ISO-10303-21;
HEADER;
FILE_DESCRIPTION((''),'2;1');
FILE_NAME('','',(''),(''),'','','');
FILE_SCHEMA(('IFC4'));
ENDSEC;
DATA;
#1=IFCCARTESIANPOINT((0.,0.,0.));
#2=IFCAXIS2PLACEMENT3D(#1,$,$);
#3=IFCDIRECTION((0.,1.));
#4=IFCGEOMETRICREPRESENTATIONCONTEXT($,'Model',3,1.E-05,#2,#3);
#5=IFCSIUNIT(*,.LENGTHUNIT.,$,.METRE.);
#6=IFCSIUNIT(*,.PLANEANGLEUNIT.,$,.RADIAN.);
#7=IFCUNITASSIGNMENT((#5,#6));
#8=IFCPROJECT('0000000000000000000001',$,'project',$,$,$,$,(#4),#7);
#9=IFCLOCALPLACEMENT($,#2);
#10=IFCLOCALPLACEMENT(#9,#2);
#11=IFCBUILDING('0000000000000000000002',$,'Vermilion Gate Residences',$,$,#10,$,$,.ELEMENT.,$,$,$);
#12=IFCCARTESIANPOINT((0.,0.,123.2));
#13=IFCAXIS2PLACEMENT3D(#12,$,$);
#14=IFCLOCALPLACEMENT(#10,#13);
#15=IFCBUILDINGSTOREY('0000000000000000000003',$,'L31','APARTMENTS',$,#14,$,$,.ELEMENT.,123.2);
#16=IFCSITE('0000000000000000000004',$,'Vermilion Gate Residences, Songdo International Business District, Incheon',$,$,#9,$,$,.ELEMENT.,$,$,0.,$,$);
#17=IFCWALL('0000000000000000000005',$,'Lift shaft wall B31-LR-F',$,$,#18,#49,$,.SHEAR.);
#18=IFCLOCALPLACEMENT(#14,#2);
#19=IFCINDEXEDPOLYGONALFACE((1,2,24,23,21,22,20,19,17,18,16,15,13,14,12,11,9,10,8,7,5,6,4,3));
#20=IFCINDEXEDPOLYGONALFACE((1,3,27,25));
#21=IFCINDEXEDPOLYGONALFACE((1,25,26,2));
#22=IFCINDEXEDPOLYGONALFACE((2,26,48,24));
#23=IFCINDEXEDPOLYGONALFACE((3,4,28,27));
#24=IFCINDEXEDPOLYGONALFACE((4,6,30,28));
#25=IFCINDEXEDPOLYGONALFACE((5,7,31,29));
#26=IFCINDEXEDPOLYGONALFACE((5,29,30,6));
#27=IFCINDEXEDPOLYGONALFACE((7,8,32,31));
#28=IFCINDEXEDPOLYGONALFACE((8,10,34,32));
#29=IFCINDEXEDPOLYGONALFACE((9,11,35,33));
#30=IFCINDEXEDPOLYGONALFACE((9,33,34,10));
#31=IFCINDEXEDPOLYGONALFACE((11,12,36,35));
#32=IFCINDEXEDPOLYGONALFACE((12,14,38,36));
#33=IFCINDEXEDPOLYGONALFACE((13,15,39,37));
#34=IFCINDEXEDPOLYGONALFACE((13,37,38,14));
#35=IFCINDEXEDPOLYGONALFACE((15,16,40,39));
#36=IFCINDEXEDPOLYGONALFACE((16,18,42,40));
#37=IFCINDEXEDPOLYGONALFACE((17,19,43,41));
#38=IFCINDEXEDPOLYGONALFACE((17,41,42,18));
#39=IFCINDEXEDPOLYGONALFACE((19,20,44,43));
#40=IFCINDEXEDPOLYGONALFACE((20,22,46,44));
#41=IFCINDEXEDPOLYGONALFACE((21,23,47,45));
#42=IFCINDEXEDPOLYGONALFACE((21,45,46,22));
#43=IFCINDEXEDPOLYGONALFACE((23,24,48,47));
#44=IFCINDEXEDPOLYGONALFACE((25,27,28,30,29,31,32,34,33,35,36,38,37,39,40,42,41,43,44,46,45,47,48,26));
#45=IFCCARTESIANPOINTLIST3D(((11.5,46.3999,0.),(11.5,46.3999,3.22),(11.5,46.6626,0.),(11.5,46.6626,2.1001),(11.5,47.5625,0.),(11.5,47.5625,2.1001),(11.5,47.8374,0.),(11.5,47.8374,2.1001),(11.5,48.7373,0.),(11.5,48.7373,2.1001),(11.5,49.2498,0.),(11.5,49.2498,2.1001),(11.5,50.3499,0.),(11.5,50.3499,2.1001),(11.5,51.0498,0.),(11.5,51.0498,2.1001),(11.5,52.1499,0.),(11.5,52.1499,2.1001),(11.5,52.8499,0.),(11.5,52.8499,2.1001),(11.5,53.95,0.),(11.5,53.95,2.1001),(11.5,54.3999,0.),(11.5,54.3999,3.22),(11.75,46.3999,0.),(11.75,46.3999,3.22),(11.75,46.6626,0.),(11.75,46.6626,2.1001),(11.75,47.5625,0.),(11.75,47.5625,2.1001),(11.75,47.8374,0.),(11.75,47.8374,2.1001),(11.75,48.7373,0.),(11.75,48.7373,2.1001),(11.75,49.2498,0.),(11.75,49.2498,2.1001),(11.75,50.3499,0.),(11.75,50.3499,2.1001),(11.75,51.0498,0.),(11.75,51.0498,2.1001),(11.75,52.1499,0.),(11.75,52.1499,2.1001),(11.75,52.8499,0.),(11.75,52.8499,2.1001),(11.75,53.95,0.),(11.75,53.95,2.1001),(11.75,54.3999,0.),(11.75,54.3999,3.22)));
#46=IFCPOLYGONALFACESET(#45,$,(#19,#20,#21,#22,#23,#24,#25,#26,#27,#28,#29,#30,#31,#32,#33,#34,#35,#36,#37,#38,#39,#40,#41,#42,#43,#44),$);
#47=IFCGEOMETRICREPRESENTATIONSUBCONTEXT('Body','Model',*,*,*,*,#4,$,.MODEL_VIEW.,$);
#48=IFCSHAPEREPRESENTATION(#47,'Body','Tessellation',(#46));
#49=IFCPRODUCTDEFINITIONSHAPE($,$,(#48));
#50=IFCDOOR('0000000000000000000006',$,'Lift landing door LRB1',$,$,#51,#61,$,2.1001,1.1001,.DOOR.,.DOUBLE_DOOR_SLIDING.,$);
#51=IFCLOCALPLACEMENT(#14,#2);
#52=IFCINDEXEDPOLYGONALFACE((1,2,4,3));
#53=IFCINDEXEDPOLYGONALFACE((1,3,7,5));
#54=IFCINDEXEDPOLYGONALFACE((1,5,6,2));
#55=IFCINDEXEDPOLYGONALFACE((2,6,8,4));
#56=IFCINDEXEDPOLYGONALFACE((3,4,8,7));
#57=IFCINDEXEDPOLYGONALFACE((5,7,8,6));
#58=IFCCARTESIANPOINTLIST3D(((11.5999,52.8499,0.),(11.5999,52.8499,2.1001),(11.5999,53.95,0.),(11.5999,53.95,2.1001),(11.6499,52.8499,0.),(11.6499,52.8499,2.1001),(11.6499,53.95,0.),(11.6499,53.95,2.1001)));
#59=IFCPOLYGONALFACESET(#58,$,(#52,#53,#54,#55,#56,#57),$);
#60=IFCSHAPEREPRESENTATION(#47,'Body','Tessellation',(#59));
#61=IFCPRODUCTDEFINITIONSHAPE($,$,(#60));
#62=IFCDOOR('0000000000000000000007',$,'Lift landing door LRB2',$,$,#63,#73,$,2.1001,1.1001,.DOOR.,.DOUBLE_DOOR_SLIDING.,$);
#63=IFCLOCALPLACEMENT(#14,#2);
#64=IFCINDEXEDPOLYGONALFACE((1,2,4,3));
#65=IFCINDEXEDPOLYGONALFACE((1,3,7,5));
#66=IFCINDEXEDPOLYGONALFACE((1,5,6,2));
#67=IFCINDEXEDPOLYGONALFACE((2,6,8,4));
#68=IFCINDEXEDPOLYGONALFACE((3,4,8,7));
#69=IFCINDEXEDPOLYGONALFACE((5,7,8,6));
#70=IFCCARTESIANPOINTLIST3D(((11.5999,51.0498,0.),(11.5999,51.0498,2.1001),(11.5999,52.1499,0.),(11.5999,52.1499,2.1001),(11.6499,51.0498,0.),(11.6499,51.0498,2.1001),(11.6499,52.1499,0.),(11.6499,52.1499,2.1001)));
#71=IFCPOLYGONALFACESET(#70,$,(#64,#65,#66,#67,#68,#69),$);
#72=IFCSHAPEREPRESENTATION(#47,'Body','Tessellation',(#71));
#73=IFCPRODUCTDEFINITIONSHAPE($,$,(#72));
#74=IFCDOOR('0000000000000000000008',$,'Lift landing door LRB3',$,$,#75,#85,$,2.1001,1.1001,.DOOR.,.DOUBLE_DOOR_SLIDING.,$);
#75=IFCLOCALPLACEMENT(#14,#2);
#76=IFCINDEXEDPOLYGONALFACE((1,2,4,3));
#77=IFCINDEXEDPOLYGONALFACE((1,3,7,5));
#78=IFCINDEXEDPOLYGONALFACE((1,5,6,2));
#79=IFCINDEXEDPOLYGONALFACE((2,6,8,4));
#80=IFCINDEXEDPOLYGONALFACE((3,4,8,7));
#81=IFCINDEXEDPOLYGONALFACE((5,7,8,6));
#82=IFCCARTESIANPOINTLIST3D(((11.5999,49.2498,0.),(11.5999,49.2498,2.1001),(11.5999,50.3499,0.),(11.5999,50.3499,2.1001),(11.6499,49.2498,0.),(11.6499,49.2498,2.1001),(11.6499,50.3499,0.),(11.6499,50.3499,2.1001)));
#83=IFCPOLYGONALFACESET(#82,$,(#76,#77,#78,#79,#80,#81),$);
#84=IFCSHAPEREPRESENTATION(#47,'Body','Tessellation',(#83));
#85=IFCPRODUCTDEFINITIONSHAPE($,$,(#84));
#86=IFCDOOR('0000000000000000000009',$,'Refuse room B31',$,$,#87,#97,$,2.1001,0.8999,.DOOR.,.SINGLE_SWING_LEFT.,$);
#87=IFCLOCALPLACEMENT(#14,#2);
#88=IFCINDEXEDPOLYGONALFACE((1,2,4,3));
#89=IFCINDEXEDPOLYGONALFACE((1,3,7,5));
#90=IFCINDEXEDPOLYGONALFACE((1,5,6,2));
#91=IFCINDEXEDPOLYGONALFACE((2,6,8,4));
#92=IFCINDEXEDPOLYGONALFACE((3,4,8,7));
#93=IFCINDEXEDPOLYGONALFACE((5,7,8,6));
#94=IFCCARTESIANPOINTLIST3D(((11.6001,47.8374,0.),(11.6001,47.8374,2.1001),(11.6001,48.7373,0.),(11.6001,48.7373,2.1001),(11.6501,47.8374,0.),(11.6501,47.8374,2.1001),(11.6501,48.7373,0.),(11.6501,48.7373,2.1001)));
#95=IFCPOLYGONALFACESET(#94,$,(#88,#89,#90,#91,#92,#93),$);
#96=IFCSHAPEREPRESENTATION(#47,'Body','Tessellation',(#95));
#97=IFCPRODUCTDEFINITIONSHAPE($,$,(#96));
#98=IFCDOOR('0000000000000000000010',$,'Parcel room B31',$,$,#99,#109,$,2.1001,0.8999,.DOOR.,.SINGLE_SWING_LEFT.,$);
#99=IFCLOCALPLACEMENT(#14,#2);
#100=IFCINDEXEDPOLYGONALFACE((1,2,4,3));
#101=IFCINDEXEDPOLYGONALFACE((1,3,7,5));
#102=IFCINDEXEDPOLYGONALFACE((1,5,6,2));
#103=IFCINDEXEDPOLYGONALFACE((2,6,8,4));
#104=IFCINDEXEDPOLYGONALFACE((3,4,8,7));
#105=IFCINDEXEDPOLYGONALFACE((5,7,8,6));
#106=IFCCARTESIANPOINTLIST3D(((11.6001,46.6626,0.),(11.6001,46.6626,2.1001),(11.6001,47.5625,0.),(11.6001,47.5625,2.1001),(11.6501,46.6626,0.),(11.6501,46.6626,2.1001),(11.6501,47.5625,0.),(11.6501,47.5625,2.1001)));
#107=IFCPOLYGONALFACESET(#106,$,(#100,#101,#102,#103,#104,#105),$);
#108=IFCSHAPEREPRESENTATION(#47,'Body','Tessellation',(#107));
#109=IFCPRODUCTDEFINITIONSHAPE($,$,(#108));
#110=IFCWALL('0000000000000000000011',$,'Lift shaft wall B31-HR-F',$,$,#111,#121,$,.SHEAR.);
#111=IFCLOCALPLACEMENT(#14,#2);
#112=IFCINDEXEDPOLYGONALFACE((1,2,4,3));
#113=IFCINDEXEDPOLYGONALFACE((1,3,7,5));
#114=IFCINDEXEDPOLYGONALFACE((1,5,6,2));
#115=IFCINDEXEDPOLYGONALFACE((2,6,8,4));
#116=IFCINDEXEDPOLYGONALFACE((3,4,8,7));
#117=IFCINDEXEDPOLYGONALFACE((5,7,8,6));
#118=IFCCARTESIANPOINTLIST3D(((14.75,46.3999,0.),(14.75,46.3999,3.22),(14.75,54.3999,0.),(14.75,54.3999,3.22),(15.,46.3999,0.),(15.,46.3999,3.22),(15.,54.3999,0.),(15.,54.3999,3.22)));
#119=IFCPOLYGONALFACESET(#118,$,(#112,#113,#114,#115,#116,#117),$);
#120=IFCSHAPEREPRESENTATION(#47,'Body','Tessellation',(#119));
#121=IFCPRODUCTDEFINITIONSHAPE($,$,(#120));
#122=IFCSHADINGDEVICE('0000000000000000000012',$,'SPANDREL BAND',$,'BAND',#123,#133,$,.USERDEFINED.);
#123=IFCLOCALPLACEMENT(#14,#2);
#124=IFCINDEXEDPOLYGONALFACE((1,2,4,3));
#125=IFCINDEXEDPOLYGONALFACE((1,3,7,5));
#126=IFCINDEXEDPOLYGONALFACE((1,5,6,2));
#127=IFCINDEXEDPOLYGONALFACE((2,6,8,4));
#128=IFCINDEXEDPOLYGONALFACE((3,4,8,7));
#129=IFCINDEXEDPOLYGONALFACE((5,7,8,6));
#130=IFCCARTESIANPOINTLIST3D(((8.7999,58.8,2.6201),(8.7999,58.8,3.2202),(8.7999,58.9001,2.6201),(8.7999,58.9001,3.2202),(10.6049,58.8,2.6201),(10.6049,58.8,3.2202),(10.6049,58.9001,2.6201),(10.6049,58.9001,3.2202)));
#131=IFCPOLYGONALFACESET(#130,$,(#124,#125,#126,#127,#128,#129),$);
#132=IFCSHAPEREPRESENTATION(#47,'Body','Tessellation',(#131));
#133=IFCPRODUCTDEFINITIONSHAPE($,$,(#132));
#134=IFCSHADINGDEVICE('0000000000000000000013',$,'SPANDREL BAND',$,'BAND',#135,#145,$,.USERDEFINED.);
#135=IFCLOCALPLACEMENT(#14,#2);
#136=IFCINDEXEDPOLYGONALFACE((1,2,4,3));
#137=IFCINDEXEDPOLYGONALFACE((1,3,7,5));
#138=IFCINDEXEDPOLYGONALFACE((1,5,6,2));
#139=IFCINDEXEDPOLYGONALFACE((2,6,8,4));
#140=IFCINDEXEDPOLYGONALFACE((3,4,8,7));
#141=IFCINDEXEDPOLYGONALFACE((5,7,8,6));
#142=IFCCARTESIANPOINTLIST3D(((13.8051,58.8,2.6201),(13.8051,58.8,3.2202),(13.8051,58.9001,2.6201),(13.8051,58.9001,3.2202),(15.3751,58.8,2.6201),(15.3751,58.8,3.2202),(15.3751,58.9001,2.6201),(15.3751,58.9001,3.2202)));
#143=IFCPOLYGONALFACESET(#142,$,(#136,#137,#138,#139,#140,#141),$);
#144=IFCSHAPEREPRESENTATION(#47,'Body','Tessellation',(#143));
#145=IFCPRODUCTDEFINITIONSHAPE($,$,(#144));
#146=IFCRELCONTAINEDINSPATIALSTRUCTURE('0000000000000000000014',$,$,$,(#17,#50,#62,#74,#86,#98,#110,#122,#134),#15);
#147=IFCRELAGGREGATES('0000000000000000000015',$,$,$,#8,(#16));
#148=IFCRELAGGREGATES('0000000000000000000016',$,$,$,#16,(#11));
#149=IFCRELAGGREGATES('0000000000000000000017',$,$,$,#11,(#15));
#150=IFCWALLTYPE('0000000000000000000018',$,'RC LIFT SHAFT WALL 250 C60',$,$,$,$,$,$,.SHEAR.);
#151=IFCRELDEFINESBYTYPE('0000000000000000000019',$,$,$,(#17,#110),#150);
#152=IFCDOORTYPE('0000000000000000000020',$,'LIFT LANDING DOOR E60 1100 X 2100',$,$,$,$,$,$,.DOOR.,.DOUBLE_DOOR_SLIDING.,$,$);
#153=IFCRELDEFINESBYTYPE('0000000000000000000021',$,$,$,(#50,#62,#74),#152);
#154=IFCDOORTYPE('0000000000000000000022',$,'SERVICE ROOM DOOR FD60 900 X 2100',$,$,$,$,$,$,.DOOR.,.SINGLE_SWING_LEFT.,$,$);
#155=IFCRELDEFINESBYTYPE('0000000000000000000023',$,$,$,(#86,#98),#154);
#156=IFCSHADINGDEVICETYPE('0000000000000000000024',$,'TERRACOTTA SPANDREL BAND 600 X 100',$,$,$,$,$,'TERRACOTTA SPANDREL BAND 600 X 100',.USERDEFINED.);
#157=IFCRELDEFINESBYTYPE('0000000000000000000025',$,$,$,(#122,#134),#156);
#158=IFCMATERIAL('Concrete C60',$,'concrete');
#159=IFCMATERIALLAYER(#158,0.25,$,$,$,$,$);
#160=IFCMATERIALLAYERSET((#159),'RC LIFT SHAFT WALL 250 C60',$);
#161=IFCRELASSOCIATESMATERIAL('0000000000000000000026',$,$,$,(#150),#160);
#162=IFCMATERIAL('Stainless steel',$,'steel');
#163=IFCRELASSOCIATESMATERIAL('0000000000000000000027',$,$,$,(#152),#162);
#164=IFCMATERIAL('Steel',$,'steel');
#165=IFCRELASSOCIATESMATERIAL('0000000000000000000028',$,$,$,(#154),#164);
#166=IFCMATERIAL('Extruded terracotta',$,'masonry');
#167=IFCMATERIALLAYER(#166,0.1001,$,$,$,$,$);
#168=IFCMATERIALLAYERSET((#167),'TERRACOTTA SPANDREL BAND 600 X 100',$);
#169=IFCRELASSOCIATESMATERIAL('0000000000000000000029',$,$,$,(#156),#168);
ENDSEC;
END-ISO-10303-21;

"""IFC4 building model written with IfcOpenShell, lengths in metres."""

from ifc_helpers import new_model, si_unit, direction, frame, frame_2d, origin, origin_2d, place, context, subcontext, project, spatial, rectangle, extrude, material, layer, layer_set, type_object, element, fill, save


model = new_model("IFC4")

# Units and contexts
model_context = context("Model", 3, precision=1e-05, world=origin(), true_north=direction((0.0, 1.0)))
body_context = subcontext(model_context, "Body", "Model", "MODEL_VIEW")
ifc_project = project(units=[si_unit("LENGTHUNIT", "METRE"), si_unit("PLANEANGLEUNIT", "RADIAN")], contexts=[model_context])

# Site, building, storey
site_placement = place(None, origin())
site = spatial("IfcSite", under=ifc_project, at=site_placement, Name="Vermilion Gate Residences, Songdo International Business District, Incheon", CompositionType="ELEMENT", RefElevation=0.0)
building_placement = place(site_placement, origin())
building = spatial("IfcBuilding", under=site, at=building_placement, Name="Vermilion Gate Residences", CompositionType="ELEMENT")
storey_placement = place(building_placement, frame((0.0, 0.0, 123.2)))
storey = spatial("IfcBuildingStorey", under=building, at=storey_placement, Name="L31", Description="APARTMENTS", CompositionType="ELEMENT", Elevation=123.2)

# Wall, openings, doors
ifc_material_1 = material(Name="Concrete C60", Category="concrete")
ifc_layer_1 = layer(ifc_material_1, 0.25)
ifc_layer_set_1 = layer_set([ifc_layer_1], Name="RC LIFT SHAFT WALL 250 C60")
wall_type_1 = type_object("IfcWallType", Name="RC LIFT SHAFT WALL 250 C60", PredefinedType="SHEAR", material=ifc_layer_set_1)
wall_1_placement = place(storey_placement, frame((11.625, 54.3999, 0.0), z_axis=(0.0, 0.0, 1.0), x_axis=(0.0, -1.0, 0.0)))
wall_1 = element("IfcWall", 1, at=wall_1_placement, inside=storey, type_object=wall_type_1, Name="Lift shaft wall B31-LR-F", PredefinedType="SHEAR", context=body_context, shape_type="SweptSolid", body=[
    extrude(rectangle(XDim=8.0, YDim=0.25, at=frame_2d((4.0, 0.0))), origin(), (0.0, 0.0, 1.0), 3.22),
])
opening_1_placement = place(wall_1_placement, frame((0.45, 0.0, 0.0)))
opening_1 = element("IfcOpeningElement", 2, at=opening_1_placement, cuts=wall_1, PredefinedType="OPENING", context=body_context, shape_type="SweptSolid", body=[
    extrude(rectangle(XDim=1.1001, YDim=2.1001, at=frame_2d((0.55, 1.05))), frame((0.0, 0.135, 0.0), z_axis=(0.0, -1.0, 0.0), x_axis=(1.0, 0.0, 0.0)), (0.0, 0.0, 1.0), 0.27),
])
opening_2_placement = place(wall_1_placement, frame((2.25, 0.0, 0.0)))
opening_2 = element("IfcOpeningElement", 3, at=opening_2_placement, cuts=wall_1, PredefinedType="OPENING", context=body_context, shape_type="SweptSolid", body=[
    extrude(rectangle(XDim=1.1001, YDim=2.1001, at=frame_2d((0.55, 1.05))), frame((0.0, 0.135, 0.0), z_axis=(0.0, -1.0, 0.0), x_axis=(1.0, 0.0, 0.0)), (0.0, 0.0, 1.0), 0.27),
])
opening_3_placement = place(wall_1_placement, frame((4.05, 0.0, 0.0)))
opening_3 = element("IfcOpeningElement", 4, at=opening_3_placement, cuts=wall_1, PredefinedType="OPENING", context=body_context, shape_type="SweptSolid", body=[
    extrude(rectangle(XDim=1.1001, YDim=2.1001, at=frame_2d((0.55, 1.05))), frame((0.0, 0.135, 0.0), z_axis=(0.0, -1.0, 0.0), x_axis=(1.0, 0.0, 0.0)), (0.0, 0.0, 1.0), 0.27),
])
opening_4_placement = place(wall_1_placement, frame((5.6626, 0.0, 0.0)))
opening_4 = element("IfcOpeningElement", 5, at=opening_4_placement, cuts=wall_1, PredefinedType="OPENING", context=body_context, shape_type="SweptSolid", body=[
    extrude(rectangle(XDim=0.8999, YDim=2.1001, at=frame_2d((0.45, 1.05))), frame((0.0, 0.135, 0.0), z_axis=(0.0, -1.0, 0.0), x_axis=(1.0, 0.0, 0.0)), (0.0, 0.0, 1.0), 0.27),
])
opening_5_placement = place(wall_1_placement, frame((6.8374, 0.0, 0.0)))
opening_5 = element("IfcOpeningElement", 6, at=opening_5_placement, cuts=wall_1, PredefinedType="OPENING", context=body_context, shape_type="SweptSolid", body=[
    extrude(rectangle(XDim=0.8999, YDim=2.1001, at=frame_2d((0.45, 1.05))), frame((0.0, 0.135, 0.0), z_axis=(0.0, -1.0, 0.0), x_axis=(1.0, 0.0, 0.0)), (0.0, 0.0, 1.0), 0.27),
])
ifc_material_2 = material(Name="Stainless steel", Category="steel")
door_type_1 = type_object("IfcDoorType", Name="LIFT LANDING DOOR E60 1100 X 2100", OperationType="DOUBLE_DOOR_SLIDING", PredefinedType="DOOR", material=ifc_material_2)
door_1_placement = place(opening_1_placement, origin())
door_1 = element("IfcDoor", 7, at=door_1_placement, inside=storey, type_object=door_type_1, Name="Lift landing door LRB1", OperationType="DOUBLE_DOOR_SLIDING", OverallHeight=2.1001, OverallWidth=1.1001, PredefinedType="DOOR", context=body_context, shape_type="SweptSolid", body=[
    extrude(rectangle(XDim=1.1001, YDim=2.1001, at=frame_2d((0.55, 1.05))), frame((0.0, 0.0249, 0.0), z_axis=(0.0, -1.0, 0.0), x_axis=(1.0, 0.0, 0.0)), (0.0, 0.0, 1.0), 0.05),
])
fill(opening_1, door_1)
door_2_placement = place(opening_2_placement, origin())
door_2 = element("IfcDoor", 8, at=door_2_placement, inside=storey, type_object=door_type_1, Name="Lift landing door LRB2", OperationType="DOUBLE_DOOR_SLIDING", OverallHeight=2.1001, OverallWidth=1.1001, PredefinedType="DOOR", context=body_context, shape_type="SweptSolid", body=[
    extrude(rectangle(XDim=1.1001, YDim=2.1001, at=frame_2d((0.55, 1.05))), frame((0.0, 0.0249, 0.0), z_axis=(0.0, -1.0, 0.0), x_axis=(1.0, 0.0, 0.0)), (0.0, 0.0, 1.0), 0.05),
])
fill(opening_2, door_2)
door_3_placement = place(opening_3_placement, origin())
door_3 = element("IfcDoor", 9, at=door_3_placement, inside=storey, type_object=door_type_1, Name="Lift landing door LRB3", OperationType="DOUBLE_DOOR_SLIDING", OverallHeight=2.1001, OverallWidth=1.1001, PredefinedType="DOOR", context=body_context, shape_type="SweptSolid", body=[
    extrude(rectangle(XDim=1.1001, YDim=2.1001, at=frame_2d((0.55, 1.05))), frame((0.0, 0.0249, 0.0), z_axis=(0.0, -1.0, 0.0), x_axis=(1.0, 0.0, 0.0)), (0.0, 0.0, 1.0), 0.05),
])
fill(opening_3, door_3)
ifc_material_3 = material(Name="Steel", Category="steel")
door_type_2 = type_object("IfcDoorType", Name="SERVICE ROOM DOOR FD60 900 X 2100", OperationType="SINGLE_SWING_LEFT", PredefinedType="DOOR", material=ifc_material_3)
door_4_placement = place(opening_4_placement, frame((0.8999, 0.0, 0.0), z_axis=(0.0, 0.0, 1.0), x_axis=(-1.0, 0.0, 0.0)))
door_4 = element("IfcDoor", 10, at=door_4_placement, inside=storey, type_object=door_type_2, Name="Refuse room B31", OperationType="SINGLE_SWING_LEFT", OverallHeight=2.1001, OverallWidth=0.8999, PredefinedType="DOOR", context=body_context, shape_type="SweptSolid", body=[
    extrude(rectangle(XDim=0.8999, YDim=2.1001, at=frame_2d((0.45, 1.05))), frame((0.0, 0.0249, 0.0), z_axis=(0.0, -1.0, 0.0), x_axis=(1.0, 0.0, 0.0)), (0.0, 0.0, 1.0), 0.05),
])
fill(opening_4, door_4)
door_5_placement = place(opening_5_placement, frame((0.8999, 0.0, 0.0), z_axis=(0.0, 0.0, 1.0), x_axis=(-1.0, 0.0, 0.0)))
door_5 = element("IfcDoor", 11, at=door_5_placement, inside=storey, type_object=door_type_2, Name="Parcel room B31", OperationType="SINGLE_SWING_LEFT", OverallHeight=2.1001, OverallWidth=0.8999, PredefinedType="DOOR", context=body_context, shape_type="SweptSolid", body=[
    extrude(rectangle(XDim=0.8999, YDim=2.1001, at=frame_2d((0.45, 1.05))), frame((0.0, 0.0249, 0.0), z_axis=(0.0, -1.0, 0.0), x_axis=(1.0, 0.0, 0.0)), (0.0, 0.0, 1.0), 0.05),
])
fill(opening_5, door_5)

# Wall
wall_2_placement = place(storey_placement, frame((14.875, 54.3999, 0.0), z_axis=(0.0, 0.0, 1.0), x_axis=(0.0, -1.0, 0.0)))
element("IfcWall", 12, at=wall_2_placement, inside=storey, type_object=wall_type_1, Name="Lift shaft wall B31-HR-F", PredefinedType="SHEAR", context=body_context, shape_type="SweptSolid", body=[
    extrude(rectangle(XDim=8.0, YDim=0.25, at=frame_2d((4.0, 0.0))), origin(), (0.0, 0.0, 1.0), 3.22),
])

# Shading devices
ifc_material_4 = material(Name="Extruded terracotta", Category="masonry")
ifc_layer_2 = layer(ifc_material_4, 0.1001)
ifc_layer_set_2 = layer_set([ifc_layer_2], Name="TERRACOTTA SPANDREL BAND 600 X 100")
shading_device_type = type_object("IfcShadingDeviceType", Name="TERRACOTTA SPANDREL BAND 600 X 100", ElementType="TERRACOTTA SPANDREL BAND 600 X 100", PredefinedType="USERDEFINED", material=ifc_layer_set_2)
shading_device_1_placement = place(storey_placement, frame((9.7024, 58.8501, 2.6201), z_axis=(0.0, 0.0, 1.0), x_axis=(1.0, 0.0, 0.0)))
element("IfcShadingDevice", 13, at=shading_device_1_placement, inside=storey, type_object=shading_device_type, Name="SPANDREL BAND", ObjectType="BAND", PredefinedType="USERDEFINED", context=body_context, shape_type="SweptSolid", body=[
    extrude(rectangle(XDim=1.8049, YDim=0.1001, at=origin_2d()), origin(), (0.0, 0.0, 1.0), 0.6001),
])
shading_device_2_placement = place(storey_placement, frame((14.5901, 58.8501, 2.6201), z_axis=(0.0, 0.0, 1.0), x_axis=(1.0, 0.0, 0.0)))
element("IfcShadingDevice", 14, at=shading_device_2_placement, inside=storey, type_object=shading_device_type, Name="SPANDREL BAND", ObjectType="BAND", PredefinedType="USERDEFINED", context=body_context, shape_type="SweptSolid", body=[
    extrude(rectangle(XDim=1.5701, YDim=0.1001, at=origin_2d()), origin(), (0.0, 0.0, 1.0), 0.6001),
])

save(model, "model.ifc")
